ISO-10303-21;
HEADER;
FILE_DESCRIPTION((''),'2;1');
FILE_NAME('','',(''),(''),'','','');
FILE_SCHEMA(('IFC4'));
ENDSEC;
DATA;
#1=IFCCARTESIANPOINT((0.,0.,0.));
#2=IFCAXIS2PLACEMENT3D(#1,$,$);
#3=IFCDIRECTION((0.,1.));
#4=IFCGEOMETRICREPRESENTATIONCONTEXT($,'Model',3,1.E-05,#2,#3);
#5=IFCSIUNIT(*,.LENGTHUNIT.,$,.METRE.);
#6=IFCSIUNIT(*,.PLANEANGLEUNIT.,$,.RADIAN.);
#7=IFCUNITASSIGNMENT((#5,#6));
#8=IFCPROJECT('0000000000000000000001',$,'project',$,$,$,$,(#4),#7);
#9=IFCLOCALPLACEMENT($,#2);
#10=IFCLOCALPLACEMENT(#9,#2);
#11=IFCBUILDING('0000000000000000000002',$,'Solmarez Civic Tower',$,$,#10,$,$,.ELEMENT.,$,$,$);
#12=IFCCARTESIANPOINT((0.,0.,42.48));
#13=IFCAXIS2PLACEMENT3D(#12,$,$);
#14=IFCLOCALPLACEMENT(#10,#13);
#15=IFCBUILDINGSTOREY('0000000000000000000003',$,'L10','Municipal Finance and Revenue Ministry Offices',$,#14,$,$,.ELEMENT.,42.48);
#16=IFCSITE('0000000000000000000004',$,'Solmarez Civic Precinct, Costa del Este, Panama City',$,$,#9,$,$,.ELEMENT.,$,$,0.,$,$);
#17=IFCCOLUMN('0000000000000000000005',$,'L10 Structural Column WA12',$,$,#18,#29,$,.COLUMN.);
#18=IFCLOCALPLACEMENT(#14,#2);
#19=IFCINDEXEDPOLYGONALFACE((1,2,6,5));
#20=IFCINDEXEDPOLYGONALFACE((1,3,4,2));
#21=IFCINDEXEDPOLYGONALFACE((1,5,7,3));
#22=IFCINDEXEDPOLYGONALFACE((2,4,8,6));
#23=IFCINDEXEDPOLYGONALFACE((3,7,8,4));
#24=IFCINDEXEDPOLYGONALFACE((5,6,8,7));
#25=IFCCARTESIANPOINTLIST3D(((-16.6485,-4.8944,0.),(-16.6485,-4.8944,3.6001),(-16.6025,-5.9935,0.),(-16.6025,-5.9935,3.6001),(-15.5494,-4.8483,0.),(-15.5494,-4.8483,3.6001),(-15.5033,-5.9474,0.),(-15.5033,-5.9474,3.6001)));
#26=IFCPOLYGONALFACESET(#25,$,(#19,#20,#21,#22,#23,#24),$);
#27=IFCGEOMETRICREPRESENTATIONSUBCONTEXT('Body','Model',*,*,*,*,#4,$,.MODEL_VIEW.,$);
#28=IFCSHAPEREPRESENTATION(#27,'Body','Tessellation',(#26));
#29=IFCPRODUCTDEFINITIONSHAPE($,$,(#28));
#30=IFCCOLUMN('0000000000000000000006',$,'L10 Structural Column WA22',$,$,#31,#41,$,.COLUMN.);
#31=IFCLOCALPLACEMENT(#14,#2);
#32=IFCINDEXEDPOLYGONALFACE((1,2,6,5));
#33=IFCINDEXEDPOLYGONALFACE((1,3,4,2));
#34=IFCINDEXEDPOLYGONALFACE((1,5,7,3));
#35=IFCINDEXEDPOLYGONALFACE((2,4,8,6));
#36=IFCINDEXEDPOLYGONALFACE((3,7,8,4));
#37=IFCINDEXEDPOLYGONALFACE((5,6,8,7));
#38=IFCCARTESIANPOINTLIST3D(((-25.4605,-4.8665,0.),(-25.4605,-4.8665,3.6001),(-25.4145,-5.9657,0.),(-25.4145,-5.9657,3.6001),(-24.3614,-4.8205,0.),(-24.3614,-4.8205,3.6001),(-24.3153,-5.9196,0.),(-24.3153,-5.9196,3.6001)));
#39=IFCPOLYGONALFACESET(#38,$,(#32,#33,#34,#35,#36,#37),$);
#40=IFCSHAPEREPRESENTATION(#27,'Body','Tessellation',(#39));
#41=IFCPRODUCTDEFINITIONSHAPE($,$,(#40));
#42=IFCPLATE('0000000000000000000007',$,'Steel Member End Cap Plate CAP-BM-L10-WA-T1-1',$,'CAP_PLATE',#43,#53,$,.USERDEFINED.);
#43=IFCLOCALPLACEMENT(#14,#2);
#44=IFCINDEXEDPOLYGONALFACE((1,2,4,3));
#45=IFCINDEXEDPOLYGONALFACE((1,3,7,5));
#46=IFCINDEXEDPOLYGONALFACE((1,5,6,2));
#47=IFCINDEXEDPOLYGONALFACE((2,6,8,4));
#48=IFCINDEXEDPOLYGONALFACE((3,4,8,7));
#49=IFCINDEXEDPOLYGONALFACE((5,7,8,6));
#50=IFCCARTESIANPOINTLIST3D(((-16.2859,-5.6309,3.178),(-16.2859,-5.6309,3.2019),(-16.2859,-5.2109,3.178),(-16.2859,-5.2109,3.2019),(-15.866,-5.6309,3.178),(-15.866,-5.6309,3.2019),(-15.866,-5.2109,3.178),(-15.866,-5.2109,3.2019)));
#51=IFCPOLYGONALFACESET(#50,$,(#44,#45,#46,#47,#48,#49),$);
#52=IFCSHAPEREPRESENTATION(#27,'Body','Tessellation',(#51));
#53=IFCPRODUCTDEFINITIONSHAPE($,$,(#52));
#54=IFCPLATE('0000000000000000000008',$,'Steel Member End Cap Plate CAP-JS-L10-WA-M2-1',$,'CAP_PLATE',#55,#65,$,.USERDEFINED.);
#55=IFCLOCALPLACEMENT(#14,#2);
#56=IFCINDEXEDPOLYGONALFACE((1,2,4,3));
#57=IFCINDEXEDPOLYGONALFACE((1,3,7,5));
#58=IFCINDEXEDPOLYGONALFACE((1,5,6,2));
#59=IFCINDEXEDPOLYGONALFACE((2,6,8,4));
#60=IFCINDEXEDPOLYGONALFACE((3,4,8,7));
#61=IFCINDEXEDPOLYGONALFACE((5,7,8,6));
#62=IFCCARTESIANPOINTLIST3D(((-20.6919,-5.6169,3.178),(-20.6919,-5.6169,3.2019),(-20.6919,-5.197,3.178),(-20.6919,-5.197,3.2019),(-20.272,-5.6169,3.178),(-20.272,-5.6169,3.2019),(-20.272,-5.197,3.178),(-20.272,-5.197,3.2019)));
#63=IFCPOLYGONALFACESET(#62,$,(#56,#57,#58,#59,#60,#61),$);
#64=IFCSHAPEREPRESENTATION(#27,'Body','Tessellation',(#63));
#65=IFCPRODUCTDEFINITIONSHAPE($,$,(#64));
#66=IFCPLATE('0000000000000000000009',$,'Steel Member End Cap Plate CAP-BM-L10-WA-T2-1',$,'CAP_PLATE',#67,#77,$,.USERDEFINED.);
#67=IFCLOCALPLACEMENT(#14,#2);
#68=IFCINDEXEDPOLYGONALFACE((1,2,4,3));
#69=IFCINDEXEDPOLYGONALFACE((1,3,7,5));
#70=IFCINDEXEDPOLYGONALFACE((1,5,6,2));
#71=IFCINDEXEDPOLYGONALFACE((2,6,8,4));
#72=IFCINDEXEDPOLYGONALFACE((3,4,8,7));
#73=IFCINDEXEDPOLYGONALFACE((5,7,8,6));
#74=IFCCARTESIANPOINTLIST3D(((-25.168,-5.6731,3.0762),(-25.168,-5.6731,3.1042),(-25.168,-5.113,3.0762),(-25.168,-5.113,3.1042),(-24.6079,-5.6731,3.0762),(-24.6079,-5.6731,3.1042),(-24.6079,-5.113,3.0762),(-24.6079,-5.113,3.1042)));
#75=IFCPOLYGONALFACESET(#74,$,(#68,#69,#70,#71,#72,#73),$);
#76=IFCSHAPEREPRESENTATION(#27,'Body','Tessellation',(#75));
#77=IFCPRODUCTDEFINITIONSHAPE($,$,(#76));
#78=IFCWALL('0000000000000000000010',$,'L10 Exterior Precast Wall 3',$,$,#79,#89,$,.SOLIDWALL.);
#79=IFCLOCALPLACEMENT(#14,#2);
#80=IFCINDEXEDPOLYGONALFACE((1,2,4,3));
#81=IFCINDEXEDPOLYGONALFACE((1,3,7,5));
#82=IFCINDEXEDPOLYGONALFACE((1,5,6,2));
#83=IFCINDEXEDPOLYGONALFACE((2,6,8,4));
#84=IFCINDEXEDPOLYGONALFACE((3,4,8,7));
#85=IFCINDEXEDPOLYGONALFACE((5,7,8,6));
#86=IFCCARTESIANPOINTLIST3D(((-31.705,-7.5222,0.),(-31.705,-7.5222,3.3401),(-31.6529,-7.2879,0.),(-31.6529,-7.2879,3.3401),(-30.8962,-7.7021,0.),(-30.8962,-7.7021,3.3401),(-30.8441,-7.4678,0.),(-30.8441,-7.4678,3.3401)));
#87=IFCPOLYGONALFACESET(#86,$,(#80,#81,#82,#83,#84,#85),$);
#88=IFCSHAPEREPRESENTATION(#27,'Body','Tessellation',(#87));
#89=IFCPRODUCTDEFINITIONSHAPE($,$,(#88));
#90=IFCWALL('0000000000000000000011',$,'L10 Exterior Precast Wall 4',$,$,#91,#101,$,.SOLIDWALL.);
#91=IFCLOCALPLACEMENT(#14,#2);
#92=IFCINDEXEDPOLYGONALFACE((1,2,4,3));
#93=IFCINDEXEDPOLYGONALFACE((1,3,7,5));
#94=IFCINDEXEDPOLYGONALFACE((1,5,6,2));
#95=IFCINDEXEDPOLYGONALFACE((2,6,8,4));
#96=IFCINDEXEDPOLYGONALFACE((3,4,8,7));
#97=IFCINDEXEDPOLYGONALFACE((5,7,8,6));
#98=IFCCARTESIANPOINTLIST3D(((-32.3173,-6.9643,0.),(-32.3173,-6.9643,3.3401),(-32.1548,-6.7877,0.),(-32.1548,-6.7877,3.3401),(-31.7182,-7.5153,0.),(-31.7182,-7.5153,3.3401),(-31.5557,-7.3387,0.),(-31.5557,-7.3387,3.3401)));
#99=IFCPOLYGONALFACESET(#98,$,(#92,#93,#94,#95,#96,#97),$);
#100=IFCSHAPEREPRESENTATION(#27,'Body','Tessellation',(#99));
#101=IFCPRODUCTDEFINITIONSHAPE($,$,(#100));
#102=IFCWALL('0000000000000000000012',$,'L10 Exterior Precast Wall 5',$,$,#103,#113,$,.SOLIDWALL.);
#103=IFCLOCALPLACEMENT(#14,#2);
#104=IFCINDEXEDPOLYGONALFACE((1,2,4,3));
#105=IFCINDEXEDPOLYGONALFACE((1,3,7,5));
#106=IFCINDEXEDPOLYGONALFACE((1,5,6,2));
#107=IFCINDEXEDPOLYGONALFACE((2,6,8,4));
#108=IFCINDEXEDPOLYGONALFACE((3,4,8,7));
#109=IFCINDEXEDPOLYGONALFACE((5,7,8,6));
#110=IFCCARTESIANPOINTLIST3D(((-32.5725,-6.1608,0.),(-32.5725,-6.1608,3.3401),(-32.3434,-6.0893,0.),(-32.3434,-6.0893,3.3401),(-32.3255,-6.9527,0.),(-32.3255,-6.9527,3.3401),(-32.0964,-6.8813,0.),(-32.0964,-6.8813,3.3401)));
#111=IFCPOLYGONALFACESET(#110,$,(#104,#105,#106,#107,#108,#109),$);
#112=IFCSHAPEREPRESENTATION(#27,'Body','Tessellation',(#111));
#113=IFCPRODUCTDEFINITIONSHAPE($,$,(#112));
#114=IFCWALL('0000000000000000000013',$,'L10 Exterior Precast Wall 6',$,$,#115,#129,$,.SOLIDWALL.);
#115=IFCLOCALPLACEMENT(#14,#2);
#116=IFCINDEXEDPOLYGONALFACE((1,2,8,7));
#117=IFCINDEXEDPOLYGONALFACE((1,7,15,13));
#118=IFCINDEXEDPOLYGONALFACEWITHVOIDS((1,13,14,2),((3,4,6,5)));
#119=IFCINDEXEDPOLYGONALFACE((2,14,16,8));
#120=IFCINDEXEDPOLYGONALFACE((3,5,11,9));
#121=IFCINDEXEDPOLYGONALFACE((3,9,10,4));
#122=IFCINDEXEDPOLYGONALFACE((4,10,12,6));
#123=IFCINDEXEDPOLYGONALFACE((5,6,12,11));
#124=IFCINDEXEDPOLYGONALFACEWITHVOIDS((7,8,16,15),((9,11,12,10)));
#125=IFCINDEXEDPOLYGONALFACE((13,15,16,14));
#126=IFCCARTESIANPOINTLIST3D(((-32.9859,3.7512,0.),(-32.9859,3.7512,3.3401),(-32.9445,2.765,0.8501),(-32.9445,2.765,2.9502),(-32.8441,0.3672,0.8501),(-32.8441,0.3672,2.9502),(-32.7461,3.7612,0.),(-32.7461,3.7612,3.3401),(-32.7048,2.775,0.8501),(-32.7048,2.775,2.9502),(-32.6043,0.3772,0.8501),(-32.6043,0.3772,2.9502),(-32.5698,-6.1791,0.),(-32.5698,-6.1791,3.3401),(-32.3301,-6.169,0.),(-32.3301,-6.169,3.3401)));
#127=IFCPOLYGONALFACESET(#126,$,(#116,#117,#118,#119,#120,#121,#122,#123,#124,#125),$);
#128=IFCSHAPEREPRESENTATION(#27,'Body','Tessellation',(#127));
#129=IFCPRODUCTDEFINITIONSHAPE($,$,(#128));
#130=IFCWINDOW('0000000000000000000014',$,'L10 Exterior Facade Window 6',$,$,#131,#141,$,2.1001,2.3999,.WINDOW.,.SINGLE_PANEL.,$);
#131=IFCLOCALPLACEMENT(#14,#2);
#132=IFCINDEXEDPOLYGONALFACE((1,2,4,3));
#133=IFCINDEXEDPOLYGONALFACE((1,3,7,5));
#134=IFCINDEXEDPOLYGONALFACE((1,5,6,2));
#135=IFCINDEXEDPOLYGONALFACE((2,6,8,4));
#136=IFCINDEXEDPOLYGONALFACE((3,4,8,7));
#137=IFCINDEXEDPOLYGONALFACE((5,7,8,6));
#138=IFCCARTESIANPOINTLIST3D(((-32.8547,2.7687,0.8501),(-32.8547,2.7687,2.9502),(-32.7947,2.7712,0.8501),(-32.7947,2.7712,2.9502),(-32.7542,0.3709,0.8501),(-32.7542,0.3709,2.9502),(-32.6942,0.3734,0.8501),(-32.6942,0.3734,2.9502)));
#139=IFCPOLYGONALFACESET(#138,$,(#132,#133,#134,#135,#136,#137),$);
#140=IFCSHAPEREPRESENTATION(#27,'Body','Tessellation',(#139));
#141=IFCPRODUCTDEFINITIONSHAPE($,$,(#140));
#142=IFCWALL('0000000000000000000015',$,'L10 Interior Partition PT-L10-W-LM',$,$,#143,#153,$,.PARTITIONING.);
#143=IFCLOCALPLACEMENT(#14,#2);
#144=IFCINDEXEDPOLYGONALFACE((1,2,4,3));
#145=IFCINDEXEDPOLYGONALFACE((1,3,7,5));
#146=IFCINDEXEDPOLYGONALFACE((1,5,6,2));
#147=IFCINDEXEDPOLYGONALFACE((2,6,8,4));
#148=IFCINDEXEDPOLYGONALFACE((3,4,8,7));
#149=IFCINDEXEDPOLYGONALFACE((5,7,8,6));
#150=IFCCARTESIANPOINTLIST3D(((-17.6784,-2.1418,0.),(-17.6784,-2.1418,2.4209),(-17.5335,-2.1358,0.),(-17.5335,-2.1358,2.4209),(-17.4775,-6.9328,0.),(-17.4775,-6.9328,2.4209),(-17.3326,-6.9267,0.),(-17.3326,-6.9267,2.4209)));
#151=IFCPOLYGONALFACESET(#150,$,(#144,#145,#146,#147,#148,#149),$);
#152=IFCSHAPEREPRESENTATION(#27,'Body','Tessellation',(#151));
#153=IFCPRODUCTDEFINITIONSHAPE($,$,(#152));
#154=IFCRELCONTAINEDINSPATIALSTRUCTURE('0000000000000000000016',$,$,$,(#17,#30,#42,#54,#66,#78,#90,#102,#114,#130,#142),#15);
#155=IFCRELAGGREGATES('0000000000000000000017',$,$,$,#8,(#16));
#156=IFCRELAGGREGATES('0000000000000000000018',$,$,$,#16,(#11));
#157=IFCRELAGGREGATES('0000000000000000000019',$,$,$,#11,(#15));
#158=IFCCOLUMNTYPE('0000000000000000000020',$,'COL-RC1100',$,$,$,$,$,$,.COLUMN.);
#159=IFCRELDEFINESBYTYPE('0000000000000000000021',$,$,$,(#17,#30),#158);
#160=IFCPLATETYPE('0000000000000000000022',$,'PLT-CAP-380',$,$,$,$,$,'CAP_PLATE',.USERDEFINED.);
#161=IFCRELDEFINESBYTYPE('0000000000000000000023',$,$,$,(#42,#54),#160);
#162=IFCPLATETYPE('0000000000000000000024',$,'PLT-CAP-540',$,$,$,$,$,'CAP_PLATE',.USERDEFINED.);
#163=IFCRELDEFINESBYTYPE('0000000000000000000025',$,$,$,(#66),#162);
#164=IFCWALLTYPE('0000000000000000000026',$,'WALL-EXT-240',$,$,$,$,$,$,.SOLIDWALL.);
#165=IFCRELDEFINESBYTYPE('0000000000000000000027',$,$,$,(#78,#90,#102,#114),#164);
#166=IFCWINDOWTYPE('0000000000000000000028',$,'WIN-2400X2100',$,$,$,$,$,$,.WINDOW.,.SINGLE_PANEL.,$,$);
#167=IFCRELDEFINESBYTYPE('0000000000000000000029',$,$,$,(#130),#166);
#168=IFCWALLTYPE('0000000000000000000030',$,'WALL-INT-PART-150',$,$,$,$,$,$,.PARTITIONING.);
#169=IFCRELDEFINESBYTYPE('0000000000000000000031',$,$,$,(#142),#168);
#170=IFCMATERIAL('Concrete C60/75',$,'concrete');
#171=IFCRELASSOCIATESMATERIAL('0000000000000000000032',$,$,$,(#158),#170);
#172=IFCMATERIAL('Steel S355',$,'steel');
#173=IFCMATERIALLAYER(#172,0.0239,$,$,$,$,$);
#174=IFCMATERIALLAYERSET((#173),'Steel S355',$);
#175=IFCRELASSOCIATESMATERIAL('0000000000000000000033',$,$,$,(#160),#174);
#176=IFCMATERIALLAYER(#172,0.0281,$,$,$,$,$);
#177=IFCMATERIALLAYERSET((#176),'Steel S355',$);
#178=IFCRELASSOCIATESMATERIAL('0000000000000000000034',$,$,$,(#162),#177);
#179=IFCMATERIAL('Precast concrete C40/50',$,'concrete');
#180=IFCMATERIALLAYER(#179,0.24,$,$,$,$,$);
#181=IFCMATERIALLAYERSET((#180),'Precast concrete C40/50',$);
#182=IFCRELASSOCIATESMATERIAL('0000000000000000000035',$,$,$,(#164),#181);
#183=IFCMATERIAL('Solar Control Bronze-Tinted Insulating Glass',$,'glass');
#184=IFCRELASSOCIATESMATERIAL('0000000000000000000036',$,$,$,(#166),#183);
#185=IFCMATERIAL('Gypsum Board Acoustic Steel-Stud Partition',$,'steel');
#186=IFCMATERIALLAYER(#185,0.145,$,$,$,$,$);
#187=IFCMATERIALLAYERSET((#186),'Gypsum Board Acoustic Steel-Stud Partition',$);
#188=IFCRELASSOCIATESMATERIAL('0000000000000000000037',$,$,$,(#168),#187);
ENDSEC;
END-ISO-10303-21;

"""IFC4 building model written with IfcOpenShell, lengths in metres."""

from ifc_helpers import new_model, si_unit, direction, frame, frame_2d, origin, origin_2d, place, context, subcontext, project, spatial, rectangle, extrude, material, layer, layer_set, material_profile, profile_set, type_object, element, fill, save


model = new_model("IFC4")

# Units and contexts
model_context = context("Model", 3, precision=1e-05, world=origin(), true_north=direction((0.0, 1.0)))
body_context = subcontext(model_context, "Body", "Model", "MODEL_VIEW")
ifc_project = project(units=[si_unit("LENGTHUNIT", "METRE"), si_unit("PLANEANGLEUNIT", "RADIAN")], contexts=[model_context])

# Site, building, storey
site_placement = place(None, origin())
site = spatial("IfcSite", under=ifc_project, at=site_placement, Name="Solmarez Civic Precinct, Costa del Este, Panama City", CompositionType="ELEMENT", RefElevation=0.0)
building_placement = place(site_placement, origin())
building = spatial("IfcBuilding", under=site, at=building_placement, Name="Solmarez Civic Tower", CompositionType="ELEMENT")
storey_placement = place(building_placement, frame((0.0, 0.0, 42.48)))
storey = spatial("IfcBuildingStorey", under=building, at=storey_placement, Name="L10", Description="Municipal Finance and Revenue Ministry Offices", CompositionType="ELEMENT", Elevation=42.48)

# Columns
ifc_material_1 = material(Name="Concrete C60/75", Category="concrete")
ifc_material_profile = material_profile(ifc_material_1, rectangle(XDim=1.1001, YDim=1.1001, at=origin_2d()), Name="RC1100X1100")
ifc_profile_set = profile_set([ifc_material_profile], Name="Concrete C60/75")
column_type = type_object("IfcColumnType", Name="COL-RC1100", PredefinedType="COLUMN", material=ifc_profile_set)
for number, where, z_axis, x_axis, name in (
    (1, (-16.0759, -5.4209, 0.0), (0.0, 0.0, 1.0), (0.999123, 0.041876, 0.0), "L10 Structural Column WA12"),
    (2, (-24.8879, -5.3931, 0.0), (0.0, 0.0, 1.0), (0.999123, 0.041876, 0.0), "L10 Structural Column WA22"),
):
    element("IfcColumn", number, at=place(storey_placement, frame(where, z_axis=z_axis, x_axis=x_axis)), inside=storey, type_object=column_type, Name=name, PredefinedType="COLUMN", context=body_context, shape_type="SweptSolid", body=[
        extrude(rectangle(XDim=1.1001, YDim=1.1001, at=origin_2d()), origin(), (0.0, 0.0, 1.0), 3.6001),
    ])

# Plates
ifc_material_2 = material(Name="Steel S355", Category="steel")
ifc_layer_1 = layer(ifc_material_2, 0.0239)
ifc_layer_set_1 = layer_set([ifc_layer_1], Name="Steel S355")
plate_type_1 = type_object("IfcPlateType", Name="PLT-CAP-380", ElementType="CAP_PLATE", PredefinedType="USERDEFINED", material=ifc_layer_set_1)
for number, where, z_axis, x_axis, name in (
    (3, (-16.0759, -5.4209, 3.178), (0.0, 0.0, 1.0), (1.0, 0.0, 0.0), "Steel Member End Cap Plate CAP-BM-L10-WA-T1-1"),
    (4, (-20.4819, -5.407, 3.178), (0.0, 0.0, 1.0), (1.0, 0.0, 0.0), "Steel Member End Cap Plate CAP-JS-L10-WA-M2-1"),
):
    element("IfcPlate", number, at=place(storey_placement, frame(where, z_axis=z_axis, x_axis=x_axis)), inside=storey, type_object=plate_type_1, Name=name, ObjectType="CAP_PLATE", PredefinedType="USERDEFINED", context=body_context, shape_type="SweptSolid", body=[
        extrude(rectangle(XDim=0.4199, YDim=0.4199, at=origin_2d()), origin(), (0.0, 0.0, 1.0), 0.0239),
    ])
ifc_layer_2 = layer(ifc_material_2, 0.0281)
ifc_layer_set_2 = layer_set([ifc_layer_2], Name="Steel S355")
plate_type_2 = type_object("IfcPlateType", Name="PLT-CAP-540", ElementType="CAP_PLATE", PredefinedType="USERDEFINED", material=ifc_layer_set_2)
plate_placement = place(storey_placement, frame((-24.8879, -5.3931, 3.0762), z_axis=(0.0, 0.0, 1.0), x_axis=(1.0, 0.0, 0.0)))
element("IfcPlate", 5, at=plate_placement, inside=storey, type_object=plate_type_2, Name="Steel Member End Cap Plate CAP-BM-L10-WA-T2-1", ObjectType="CAP_PLATE", PredefinedType="USERDEFINED", context=body_context, shape_type="SweptSolid", body=[
    extrude(rectangle(XDim=0.5601, YDim=0.5601, at=origin_2d()), origin(), (0.0, 0.0, 1.0), 0.0281),
])

# Walls
ifc_material_3 = material(Name="Precast concrete C40/50", Category="concrete")
ifc_layer_3 = layer(ifc_material_3, 0.24)
ifc_layer_set_3 = layer_set([ifc_layer_3], Name="Precast concrete C40/50")
wall_type_1 = type_object("IfcWallType", Name="WALL-EXT-240", PredefinedType="SOLIDWALL", material=ifc_layer_set_3)
wall_1_placement = place(storey_placement, frame((-30.8701, -7.585, 0.0), z_axis=(0.0, 0.0, 1.0), x_axis=(-0.976139, 0.217149, 0.0)))
element("IfcWall", 6, at=wall_1_placement, inside=storey, type_object=wall_type_1, Name="L10 Exterior Precast Wall 3", PredefinedType="SOLIDWALL", context=body_context, shape_type="SweptSolid", body=[
    extrude(rectangle(XDim=0.8286, YDim=0.24, at=frame_2d((0.4143, 0.0))), origin(), (0.0, 0.0, 1.0), 3.3401),
])
wall_2_placement = place(storey_placement, frame((-31.637, -7.427, 0.0), z_axis=(0.0, 0.0, 1.0), x_axis=(-0.736033, 0.676946, 0.0)))
element("IfcWall", 7, at=wall_2_placement, inside=storey, type_object=wall_type_1, Name="L10 Exterior Precast Wall 4", PredefinedType="SOLIDWALL", context=body_context, shape_type="SweptSolid", body=[
    extrude(rectangle(XDim=0.814, YDim=0.24, at=frame_2d((0.407, 0.0))), origin(), (0.0, 0.0, 1.0), 3.3401),
])
wall_3_placement = place(storey_placement, frame((-32.2109, -6.917, 0.0), z_axis=(0.0, 0.0, 1.0), x_axis=(-0.297806, 0.954626, 0.0)))
element("IfcWall", 8, at=wall_3_placement, inside=storey, type_object=wall_type_1, Name="L10 Exterior Precast Wall 5", PredefinedType="SOLIDWALL", context=body_context, shape_type="SweptSolid", body=[
    extrude(rectangle(XDim=0.8296, YDim=0.24, at=frame_2d((0.4148, 0.0))), origin(), (0.0, 0.0, 1.0), 3.3401),
])

# Wall, opening, window
wall_4_placement = place(storey_placement, frame((-32.45, -6.1741, 0.0), z_axis=(0.0, 0.0, 1.0), x_axis=(-0.041857, 0.999124, 0.0)))
wall_4 = element("IfcWall", 9, at=wall_4_placement, inside=storey, type_object=wall_type_1, Name="L10 Exterior Precast Wall 6", PredefinedType="SOLIDWALL", context=body_context, shape_type="SweptSolid", body=[
    extrude(rectangle(XDim=9.939, YDim=0.24, at=frame_2d((4.9695, 0.0))), origin(), (0.0, 0.0, 1.0), 3.3401),
])
opening_1_placement = place(wall_4_placement, frame((6.552, 0.0, 0.8501)))
opening_1 = element("IfcOpeningElement", 10, at=opening_1_placement, cuts=wall_4, PredefinedType="OPENING", context=body_context, shape_type="SweptSolid", body=[
    extrude(rectangle(XDim=2.3999, YDim=2.1001, at=frame_2d((1.2, 1.05))), frame((0.0, 0.1299, 0.0), z_axis=(0.0, -1.0, 0.0), x_axis=(1.0, 0.0, 0.0)), (0.0, 0.0, 1.0), 0.26),
])
ifc_material_4 = material(Name="Solar Control Bronze-Tinted Insulating Glass", Category="glass")
window_type = type_object("IfcWindowType", Name="WIN-2400X2100", PartitioningType="SINGLE_PANEL", PredefinedType="WINDOW", material=ifc_material_4)
window_placement = place(opening_1_placement, origin())
window = element("IfcWindow", 11, at=window_placement, inside=storey, type_object=window_type, Name="L10 Exterior Facade Window 6", OverallHeight=2.1001, OverallWidth=2.3999, PartitioningType="SINGLE_PANEL", PredefinedType="WINDOW", context=body_context, shape_type="SweptSolid", body=[
    extrude(rectangle(XDim=2.3999, YDim=2.1001, at=frame_2d((1.2, 1.05))), frame((0.0, 0.03, 0.0), z_axis=(0.0, -1.0, 0.0), x_axis=(1.0, 0.0, 0.0)), (0.0, 0.0, 1.0), 0.0601),
])
fill(opening_1, window)

# Wall
ifc_material_5 = material(Name="Gypsum Board Acoustic Steel-Stud Partition", Category="steel")
ifc_layer_4 = layer(ifc_material_5, 0.145)
ifc_layer_set_4 = layer_set([ifc_layer_4], Name="Gypsum Board Acoustic Steel-Stud Partition")
wall_type_2 = type_object("IfcWallType", Name="WALL-INT-PART-150", PredefinedType="PARTITIONING", material=ifc_layer_set_4)
wall_5_placement = place(storey_placement, frame((-17.606, -2.1389, 0.0), z_axis=(0.0, 0.0, 1.0), x_axis=(0.041902, -0.999122, 0.0)))
element("IfcWall", 12, at=wall_5_placement, inside=storey, type_object=wall_type_2, Name="L10 Interior Partition PT-L10-W-LM", PredefinedType="PARTITIONING", context=body_context, shape_type="SweptSolid", body=[
    extrude(rectangle(XDim=4.7952, YDim=0.145, at=frame_2d((2.3975, 0.0))), origin(), (0.0, 0.0, 1.0), 2.4209),
])

save(model, "model.ifc")
